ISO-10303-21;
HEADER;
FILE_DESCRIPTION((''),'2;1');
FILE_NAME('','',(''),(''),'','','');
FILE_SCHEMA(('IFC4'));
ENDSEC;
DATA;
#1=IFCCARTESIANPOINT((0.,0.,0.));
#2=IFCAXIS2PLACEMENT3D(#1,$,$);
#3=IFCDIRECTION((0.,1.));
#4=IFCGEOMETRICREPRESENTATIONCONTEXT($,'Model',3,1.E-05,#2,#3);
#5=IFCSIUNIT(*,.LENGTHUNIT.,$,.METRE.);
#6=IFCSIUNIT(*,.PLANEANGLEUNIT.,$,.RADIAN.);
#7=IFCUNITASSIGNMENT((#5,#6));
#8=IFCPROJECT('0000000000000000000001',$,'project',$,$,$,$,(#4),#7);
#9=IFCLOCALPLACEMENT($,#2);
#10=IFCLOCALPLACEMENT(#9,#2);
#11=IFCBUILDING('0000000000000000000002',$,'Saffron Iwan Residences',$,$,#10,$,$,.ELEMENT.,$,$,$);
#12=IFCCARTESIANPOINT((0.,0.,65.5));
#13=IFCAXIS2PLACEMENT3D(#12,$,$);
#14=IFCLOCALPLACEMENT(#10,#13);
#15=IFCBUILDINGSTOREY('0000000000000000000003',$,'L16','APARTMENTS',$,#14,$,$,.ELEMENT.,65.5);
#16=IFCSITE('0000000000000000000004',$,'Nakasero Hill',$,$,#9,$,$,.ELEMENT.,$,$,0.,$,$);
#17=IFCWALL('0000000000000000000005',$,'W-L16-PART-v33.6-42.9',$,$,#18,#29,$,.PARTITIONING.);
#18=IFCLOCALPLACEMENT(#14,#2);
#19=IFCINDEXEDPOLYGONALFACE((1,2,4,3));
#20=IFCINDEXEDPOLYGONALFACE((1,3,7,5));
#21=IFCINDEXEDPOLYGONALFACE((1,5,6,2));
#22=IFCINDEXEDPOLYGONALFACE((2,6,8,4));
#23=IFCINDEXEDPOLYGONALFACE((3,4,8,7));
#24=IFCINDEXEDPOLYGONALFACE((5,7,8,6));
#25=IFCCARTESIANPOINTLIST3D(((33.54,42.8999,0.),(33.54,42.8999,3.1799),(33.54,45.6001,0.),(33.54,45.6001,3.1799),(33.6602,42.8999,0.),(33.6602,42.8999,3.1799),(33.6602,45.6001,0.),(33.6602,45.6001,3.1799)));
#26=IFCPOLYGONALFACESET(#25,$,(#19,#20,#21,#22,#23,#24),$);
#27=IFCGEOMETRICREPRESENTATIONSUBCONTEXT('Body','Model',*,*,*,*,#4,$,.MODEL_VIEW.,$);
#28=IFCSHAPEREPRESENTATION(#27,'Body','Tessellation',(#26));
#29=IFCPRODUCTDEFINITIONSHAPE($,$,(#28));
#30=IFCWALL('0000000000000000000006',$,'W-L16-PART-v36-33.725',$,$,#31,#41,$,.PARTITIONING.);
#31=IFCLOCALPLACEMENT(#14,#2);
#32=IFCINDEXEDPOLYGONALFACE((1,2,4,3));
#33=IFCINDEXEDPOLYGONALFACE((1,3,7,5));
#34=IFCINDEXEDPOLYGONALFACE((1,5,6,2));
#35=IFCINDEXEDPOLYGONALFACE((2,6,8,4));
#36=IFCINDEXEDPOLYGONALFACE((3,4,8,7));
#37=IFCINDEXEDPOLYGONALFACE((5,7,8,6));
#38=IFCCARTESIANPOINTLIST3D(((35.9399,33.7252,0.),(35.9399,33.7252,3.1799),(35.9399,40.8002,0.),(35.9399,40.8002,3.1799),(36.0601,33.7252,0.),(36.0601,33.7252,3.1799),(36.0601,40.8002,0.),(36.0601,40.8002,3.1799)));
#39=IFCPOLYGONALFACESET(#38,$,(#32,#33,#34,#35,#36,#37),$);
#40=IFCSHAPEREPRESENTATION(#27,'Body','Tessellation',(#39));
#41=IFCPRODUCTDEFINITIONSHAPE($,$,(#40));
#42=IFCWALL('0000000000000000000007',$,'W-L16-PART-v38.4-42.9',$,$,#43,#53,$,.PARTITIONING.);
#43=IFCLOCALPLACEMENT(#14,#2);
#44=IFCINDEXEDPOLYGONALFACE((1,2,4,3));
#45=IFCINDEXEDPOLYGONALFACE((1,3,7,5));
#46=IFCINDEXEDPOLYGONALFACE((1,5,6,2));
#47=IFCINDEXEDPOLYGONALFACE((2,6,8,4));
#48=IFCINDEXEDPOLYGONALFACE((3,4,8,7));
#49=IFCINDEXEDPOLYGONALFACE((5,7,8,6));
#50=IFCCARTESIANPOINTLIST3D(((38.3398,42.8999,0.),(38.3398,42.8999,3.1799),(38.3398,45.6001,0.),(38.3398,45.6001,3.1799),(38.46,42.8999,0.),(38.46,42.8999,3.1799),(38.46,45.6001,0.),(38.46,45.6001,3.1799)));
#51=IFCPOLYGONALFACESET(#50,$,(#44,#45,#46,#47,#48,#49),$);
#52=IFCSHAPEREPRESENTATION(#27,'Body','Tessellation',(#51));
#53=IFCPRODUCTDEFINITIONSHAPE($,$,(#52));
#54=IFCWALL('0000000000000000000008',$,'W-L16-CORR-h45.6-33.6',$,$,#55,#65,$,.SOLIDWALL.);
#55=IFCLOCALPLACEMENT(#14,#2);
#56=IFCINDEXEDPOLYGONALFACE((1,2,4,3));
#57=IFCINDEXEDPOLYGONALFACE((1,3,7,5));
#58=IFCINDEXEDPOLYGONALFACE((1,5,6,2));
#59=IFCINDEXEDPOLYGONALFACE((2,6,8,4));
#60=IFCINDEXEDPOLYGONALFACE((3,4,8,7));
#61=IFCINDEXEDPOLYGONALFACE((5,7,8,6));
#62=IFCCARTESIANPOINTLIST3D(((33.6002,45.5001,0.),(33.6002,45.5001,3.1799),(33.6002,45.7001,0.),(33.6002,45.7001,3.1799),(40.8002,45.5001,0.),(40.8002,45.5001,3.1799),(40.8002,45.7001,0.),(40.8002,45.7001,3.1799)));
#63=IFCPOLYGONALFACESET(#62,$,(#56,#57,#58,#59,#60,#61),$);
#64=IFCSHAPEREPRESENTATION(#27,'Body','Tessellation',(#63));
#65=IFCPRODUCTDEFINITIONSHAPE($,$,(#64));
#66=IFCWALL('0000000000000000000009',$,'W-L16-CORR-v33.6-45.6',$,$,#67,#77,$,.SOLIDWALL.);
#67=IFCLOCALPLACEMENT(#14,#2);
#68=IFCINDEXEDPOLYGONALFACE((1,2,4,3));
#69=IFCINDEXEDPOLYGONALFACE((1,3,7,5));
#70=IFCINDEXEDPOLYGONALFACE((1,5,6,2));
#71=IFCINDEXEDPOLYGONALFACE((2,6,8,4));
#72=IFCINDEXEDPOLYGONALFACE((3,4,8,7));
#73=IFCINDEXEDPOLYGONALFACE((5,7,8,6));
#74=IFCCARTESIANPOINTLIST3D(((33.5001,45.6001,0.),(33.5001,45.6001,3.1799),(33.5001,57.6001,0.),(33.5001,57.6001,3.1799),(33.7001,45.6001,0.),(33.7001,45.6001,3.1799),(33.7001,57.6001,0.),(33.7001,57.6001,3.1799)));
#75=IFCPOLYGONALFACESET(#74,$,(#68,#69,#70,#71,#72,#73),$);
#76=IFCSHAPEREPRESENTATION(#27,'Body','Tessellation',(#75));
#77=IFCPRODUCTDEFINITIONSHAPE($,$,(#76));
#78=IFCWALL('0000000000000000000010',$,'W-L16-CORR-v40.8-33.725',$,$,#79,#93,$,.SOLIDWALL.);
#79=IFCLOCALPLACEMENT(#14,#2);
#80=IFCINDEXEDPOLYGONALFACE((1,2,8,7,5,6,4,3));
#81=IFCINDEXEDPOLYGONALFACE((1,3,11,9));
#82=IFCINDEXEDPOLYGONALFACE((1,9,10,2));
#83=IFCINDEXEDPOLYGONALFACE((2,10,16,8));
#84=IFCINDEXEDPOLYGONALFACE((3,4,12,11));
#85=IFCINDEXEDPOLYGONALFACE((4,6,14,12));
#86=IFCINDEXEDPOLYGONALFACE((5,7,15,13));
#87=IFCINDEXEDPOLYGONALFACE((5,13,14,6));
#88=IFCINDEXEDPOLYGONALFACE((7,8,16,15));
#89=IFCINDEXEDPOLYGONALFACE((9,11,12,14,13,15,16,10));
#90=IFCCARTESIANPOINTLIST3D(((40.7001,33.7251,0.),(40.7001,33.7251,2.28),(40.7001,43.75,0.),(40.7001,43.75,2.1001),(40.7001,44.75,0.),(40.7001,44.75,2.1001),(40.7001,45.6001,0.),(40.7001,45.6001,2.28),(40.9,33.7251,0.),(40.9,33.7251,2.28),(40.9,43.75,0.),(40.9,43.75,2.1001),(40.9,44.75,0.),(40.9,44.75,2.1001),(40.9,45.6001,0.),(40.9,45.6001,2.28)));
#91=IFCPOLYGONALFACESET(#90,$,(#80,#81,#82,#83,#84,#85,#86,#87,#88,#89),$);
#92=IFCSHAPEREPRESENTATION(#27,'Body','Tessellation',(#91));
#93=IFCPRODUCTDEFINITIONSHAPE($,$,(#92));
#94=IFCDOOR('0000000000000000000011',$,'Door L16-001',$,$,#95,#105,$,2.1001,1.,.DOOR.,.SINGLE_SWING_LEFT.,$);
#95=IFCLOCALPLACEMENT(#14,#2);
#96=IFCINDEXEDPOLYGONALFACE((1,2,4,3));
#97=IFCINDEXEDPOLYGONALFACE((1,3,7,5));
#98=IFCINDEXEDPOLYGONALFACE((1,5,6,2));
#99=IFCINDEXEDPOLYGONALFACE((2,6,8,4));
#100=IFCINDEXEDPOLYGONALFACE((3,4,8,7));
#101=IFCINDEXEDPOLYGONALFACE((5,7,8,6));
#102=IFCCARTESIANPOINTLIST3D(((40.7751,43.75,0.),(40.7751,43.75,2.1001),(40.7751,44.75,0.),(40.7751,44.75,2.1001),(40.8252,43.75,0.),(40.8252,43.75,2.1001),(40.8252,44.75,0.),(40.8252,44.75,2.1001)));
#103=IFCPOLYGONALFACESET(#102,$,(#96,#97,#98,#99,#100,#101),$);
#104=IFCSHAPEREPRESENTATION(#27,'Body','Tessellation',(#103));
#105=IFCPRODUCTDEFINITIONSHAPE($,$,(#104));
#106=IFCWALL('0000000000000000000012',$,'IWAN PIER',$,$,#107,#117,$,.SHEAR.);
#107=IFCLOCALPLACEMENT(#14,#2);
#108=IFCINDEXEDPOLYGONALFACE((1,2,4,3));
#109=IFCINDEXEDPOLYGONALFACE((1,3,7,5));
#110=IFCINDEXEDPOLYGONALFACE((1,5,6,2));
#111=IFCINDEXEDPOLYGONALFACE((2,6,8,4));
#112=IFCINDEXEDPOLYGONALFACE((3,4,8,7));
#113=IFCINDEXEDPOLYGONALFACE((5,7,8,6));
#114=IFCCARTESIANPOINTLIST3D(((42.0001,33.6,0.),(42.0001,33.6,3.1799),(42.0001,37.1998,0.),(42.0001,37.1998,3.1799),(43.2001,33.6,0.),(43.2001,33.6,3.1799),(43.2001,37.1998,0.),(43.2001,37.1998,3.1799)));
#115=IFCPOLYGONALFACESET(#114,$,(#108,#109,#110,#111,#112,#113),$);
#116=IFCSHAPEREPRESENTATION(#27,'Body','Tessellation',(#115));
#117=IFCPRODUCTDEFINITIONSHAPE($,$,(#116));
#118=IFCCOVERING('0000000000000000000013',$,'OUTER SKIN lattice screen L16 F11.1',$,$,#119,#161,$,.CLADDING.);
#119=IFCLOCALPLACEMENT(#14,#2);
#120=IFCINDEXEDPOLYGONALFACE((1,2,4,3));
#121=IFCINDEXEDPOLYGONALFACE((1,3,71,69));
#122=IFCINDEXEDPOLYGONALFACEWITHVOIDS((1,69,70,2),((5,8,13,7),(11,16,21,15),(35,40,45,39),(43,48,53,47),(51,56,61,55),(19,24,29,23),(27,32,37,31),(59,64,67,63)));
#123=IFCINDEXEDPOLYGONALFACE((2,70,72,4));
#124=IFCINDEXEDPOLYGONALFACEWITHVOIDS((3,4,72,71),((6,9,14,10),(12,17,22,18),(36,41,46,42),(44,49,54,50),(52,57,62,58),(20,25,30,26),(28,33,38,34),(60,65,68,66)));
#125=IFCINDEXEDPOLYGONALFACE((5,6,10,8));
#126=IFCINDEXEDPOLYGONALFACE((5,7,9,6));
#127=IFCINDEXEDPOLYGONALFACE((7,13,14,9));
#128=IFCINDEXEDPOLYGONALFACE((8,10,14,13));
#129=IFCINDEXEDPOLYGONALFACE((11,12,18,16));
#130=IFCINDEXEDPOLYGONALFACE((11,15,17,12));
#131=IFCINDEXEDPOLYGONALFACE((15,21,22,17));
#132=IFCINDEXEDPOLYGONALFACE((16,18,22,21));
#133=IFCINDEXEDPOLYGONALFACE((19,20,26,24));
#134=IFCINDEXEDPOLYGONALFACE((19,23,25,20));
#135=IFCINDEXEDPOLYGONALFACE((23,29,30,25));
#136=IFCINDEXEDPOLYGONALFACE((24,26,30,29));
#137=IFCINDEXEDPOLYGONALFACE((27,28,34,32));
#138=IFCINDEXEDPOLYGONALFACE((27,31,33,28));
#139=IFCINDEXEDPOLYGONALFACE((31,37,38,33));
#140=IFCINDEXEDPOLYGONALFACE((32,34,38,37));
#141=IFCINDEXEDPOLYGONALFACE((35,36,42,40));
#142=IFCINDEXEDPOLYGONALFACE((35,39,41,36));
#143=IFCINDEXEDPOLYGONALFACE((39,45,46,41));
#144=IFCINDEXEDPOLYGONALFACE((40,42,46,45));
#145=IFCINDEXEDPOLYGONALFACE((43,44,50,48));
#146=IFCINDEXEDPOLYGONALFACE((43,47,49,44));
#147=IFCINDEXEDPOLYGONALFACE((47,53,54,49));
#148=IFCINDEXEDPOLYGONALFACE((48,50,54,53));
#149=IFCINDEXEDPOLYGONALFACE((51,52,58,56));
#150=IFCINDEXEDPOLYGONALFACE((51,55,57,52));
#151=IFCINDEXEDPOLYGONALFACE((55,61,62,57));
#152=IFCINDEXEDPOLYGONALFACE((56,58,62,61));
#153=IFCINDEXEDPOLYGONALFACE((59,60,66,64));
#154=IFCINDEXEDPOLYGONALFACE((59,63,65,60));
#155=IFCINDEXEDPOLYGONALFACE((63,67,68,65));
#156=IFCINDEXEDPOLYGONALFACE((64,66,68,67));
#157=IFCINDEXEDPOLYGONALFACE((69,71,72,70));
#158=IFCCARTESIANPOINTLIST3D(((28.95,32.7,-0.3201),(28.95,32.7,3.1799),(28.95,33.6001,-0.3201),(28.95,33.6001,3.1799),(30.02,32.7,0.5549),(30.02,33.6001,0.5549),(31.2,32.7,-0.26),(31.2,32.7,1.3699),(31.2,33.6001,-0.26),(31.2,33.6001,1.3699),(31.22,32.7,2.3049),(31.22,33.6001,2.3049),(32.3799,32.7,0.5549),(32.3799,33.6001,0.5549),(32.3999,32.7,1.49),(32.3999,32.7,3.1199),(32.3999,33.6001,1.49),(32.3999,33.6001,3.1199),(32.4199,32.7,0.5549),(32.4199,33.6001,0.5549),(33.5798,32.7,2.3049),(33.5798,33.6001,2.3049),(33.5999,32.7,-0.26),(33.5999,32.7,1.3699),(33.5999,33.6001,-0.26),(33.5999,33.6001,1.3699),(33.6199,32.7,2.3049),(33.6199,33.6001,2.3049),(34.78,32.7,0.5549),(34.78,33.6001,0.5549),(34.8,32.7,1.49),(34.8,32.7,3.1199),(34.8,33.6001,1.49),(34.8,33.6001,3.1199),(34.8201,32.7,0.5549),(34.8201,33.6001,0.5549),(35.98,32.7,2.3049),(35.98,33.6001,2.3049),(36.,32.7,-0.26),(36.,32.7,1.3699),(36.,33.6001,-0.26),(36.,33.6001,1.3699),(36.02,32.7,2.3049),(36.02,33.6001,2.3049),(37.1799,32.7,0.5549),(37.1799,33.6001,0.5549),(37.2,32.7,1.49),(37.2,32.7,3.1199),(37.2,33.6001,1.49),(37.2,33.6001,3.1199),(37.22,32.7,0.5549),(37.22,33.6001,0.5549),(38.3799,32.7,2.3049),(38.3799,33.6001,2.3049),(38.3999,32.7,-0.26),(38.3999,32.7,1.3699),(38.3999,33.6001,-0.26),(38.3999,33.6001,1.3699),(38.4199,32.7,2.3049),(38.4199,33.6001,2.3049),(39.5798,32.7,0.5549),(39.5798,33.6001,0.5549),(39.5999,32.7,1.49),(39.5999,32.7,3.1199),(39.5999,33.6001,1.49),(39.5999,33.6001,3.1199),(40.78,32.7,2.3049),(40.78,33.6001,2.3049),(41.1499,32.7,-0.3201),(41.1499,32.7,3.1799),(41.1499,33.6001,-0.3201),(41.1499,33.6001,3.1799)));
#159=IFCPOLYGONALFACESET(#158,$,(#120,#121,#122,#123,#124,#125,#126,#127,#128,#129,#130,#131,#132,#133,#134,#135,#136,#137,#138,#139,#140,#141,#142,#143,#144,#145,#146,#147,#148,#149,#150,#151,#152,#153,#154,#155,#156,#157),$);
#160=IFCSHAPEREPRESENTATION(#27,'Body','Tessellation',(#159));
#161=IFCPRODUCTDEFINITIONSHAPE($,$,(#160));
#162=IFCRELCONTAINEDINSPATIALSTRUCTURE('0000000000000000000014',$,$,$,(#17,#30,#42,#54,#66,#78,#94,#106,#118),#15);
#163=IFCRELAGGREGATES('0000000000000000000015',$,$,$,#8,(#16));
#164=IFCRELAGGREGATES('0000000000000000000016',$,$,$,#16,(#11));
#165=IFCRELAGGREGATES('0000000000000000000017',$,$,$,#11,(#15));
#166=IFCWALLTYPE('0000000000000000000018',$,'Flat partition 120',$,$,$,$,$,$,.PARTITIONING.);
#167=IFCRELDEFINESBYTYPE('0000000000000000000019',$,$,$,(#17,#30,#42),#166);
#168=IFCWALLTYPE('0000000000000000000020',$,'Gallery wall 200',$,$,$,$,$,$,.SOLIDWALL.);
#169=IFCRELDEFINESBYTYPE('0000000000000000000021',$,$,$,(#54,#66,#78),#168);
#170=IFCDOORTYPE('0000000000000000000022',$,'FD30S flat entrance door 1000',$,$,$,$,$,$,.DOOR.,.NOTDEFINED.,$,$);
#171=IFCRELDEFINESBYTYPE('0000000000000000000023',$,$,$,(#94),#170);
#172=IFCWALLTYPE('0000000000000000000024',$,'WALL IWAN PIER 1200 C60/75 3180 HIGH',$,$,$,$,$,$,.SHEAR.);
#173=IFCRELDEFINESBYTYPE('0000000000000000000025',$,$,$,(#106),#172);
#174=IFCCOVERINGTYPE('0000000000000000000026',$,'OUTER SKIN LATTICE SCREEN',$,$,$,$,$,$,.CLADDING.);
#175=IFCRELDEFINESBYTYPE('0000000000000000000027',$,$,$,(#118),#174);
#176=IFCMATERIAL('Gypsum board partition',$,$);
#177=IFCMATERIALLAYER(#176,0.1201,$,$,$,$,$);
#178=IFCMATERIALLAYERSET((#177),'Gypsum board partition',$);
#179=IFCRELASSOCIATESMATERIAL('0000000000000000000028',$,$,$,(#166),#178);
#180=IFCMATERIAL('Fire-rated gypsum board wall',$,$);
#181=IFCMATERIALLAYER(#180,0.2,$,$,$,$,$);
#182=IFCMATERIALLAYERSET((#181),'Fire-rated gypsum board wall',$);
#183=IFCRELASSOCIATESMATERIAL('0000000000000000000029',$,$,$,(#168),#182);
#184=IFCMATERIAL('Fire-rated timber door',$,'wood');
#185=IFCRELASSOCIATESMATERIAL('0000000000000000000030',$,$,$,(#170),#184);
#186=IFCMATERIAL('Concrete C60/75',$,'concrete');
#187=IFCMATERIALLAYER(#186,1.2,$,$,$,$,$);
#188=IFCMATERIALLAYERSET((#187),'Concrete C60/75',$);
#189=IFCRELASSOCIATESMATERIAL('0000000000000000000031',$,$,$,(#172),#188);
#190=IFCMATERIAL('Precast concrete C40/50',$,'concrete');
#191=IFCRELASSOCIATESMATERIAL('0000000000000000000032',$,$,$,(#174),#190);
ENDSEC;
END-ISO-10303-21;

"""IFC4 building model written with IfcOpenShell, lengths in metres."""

from ifc_helpers import new_model, si_unit, direction, frame, frame_2d, origin, place, context, subcontext, project, spatial, polyline, rectangle, outline, extrude, material, layer, layer_set, type_object, element, fill, save


model = new_model("IFC4")

# Units and contexts
model_context = context("Model", 3, precision=1e-05, world=origin(), true_north=direction((0.0, 1.0)))
body_context = subcontext(model_context, "Body", "Model", "MODEL_VIEW")
ifc_project = project(units=[si_unit("LENGTHUNIT", "METRE"), si_unit("PLANEANGLEUNIT", "RADIAN")], contexts=[model_context])

# Site, building, storey
site_placement = place(None, origin())
site = spatial("IfcSite", under=ifc_project, at=site_placement, Name="Nakasero Hill", CompositionType="ELEMENT", RefElevation=0.0)
building_placement = place(site_placement, origin())
building = spatial("IfcBuilding", under=site, at=building_placement, Name="Saffron Iwan Residences", CompositionType="ELEMENT")
storey_placement = place(building_placement, frame((0.0, 0.0, 65.5)))
storey = spatial("IfcBuildingStorey", under=building, at=storey_placement, Name="L16", Description="APARTMENTS", CompositionType="ELEMENT", Elevation=65.5)

# Shared definitions
ifc_material_1 = material(Name="Concrete C60/75", Category="concrete")

# Shared definitions
ifc_material_2 = material(Name="Gypsum board partition")
ifc_layer_1 = layer(ifc_material_2, 0.1201)
ifc_layer_set_1 = layer_set([ifc_layer_1], Name="Gypsum board partition")
wall_type_1 = type_object("IfcWallType", Name="Flat partition 120", PredefinedType="PARTITIONING", material=ifc_layer_set_1)

# Walls
wall_1_placement = place(storey_placement, frame((33.6001, 42.8999, 0.0), z_axis=(0.0, 0.0, 1.0), x_axis=(0.0, 1.0, 0.0)))
element("IfcWall", 1, at=wall_1_placement, inside=storey, type_object=wall_type_1, Name="W-L16-PART-v33.6-42.9", PredefinedType="PARTITIONING", context=body_context, shape_type="SweptSolid", body=[
    extrude(rectangle(XDim=2.7002, YDim=0.1201, at=frame_2d((1.3501, 0.0))), origin(), (0.0, 0.0, 1.0), 3.1799),
])
wall_2_placement = place(storey_placement, frame((36.0, 33.7251, 0.0), z_axis=(0.0, 0.0, 1.0), x_axis=(0.0, 1.0, 0.0)))
element("IfcWall", 2, at=wall_2_placement, inside=storey, type_object=wall_type_1, Name="W-L16-PART-v36-33.725", PredefinedType="PARTITIONING", context=body_context, shape_type="SweptSolid", body=[
    extrude(rectangle(XDim=7.075, YDim=0.1201, at=frame_2d((3.5376, 0.0))), origin(), (0.0, 0.0, 1.0), 3.1799),
])
wall_3_placement = place(storey_placement, frame((38.3999, 42.8999, 0.0), z_axis=(0.0, 0.0, 1.0), x_axis=(0.0, 1.0, 0.0)))
element("IfcWall", 3, at=wall_3_placement, inside=storey, type_object=wall_type_1, Name="W-L16-PART-v38.4-42.9", PredefinedType="PARTITIONING", context=body_context, shape_type="SweptSolid", body=[
    extrude(rectangle(XDim=2.7002, YDim=0.1201, at=frame_2d((1.3501, 0.0))), origin(), (0.0, 0.0, 1.0), 3.1799),
])
ifc_material_3 = material(Name="Fire-rated gypsum board wall")
ifc_layer_2 = layer(ifc_material_3, 0.2)
ifc_layer_set_2 = layer_set([ifc_layer_2], Name="Fire-rated gypsum board wall")
wall_type_2 = type_object("IfcWallType", Name="Gallery wall 200", PredefinedType="SOLIDWALL", material=ifc_layer_set_2)
wall_4_placement = place(storey_placement, frame((33.6001, 45.6001, 0.0), z_axis=(0.0, 0.0, 1.0), x_axis=(1.0, 0.0, 0.0)))
element("IfcWall", 4, at=wall_4_placement, inside=storey, type_object=wall_type_2, Name="W-L16-CORR-h45.6-33.6", PredefinedType="SOLIDWALL", context=body_context, shape_type="SweptSolid", body=[
    extrude(rectangle(XDim=7.2, YDim=0.2, at=frame_2d((3.6001, 0.0))), origin(), (0.0, 0.0, 1.0), 3.1799),
])
wall_5_placement = place(storey_placement, frame((33.6001, 45.6001, 0.0), z_axis=(0.0, 0.0, 1.0), x_axis=(0.0, 1.0, 0.0)))
element("IfcWall", 5, at=wall_5_placement, inside=storey, type_object=wall_type_2, Name="W-L16-CORR-v33.6-45.6", PredefinedType="SOLIDWALL", context=body_context, shape_type="SweptSolid", body=[
    extrude(rectangle(XDim=12.0, YDim=0.2, at=frame_2d((6.0, 0.0))), origin(), (0.0, 0.0, 1.0), 3.1799),
])

# Wall, opening, door
wall_6_placement = place(storey_placement, frame((40.8, 33.7251, 0.0), z_axis=(0.0, 0.0, 1.0), x_axis=(0.0, 1.0, 0.0)))
wall_6 = element("IfcWall", 6, at=wall_6_placement, inside=storey, type_object=wall_type_2, Name="W-L16-CORR-v40.8-33.725", PredefinedType="SOLIDWALL", context=body_context, shape_type="SweptSolid", body=[
    extrude(rectangle(XDim=11.875, YDim=0.2, at=frame_2d((5.9375, 0.0))), origin(), (0.0, 0.0, 1.0), 2.28),
])
opening_1_placement = place(wall_6_placement, frame((10.0249, 0.0, 0.0)))
opening_1 = element("IfcOpeningElement", 7, at=opening_1_placement, cuts=wall_6, PredefinedType="OPENING", context=body_context, shape_type="SweptSolid", body=[
    extrude(rectangle(XDim=1.0, YDim=2.1001, at=frame_2d((0.5, 1.05))), frame((0.0, 0.1099, 0.0), z_axis=(0.0, -1.0, 0.0), x_axis=(1.0, 0.0, 0.0)), (0.0, 0.0, 1.0), 0.22),
])
ifc_material_4 = material(Name="Fire-rated timber door", Category="wood")
door_type_1 = type_object("IfcDoorType", Name="FD30S flat entrance door 1000", OperationType="NOTDEFINED", PredefinedType="DOOR", material=ifc_material_4)
door_1_placement = place(opening_1_placement, origin())
door_1 = element("IfcDoor", 8, at=door_1_placement, inside=storey, type_object=door_type_1, Name="Door L16-001", OperationType="SINGLE_SWING_LEFT", OverallHeight=2.1001, OverallWidth=1.0, PredefinedType="DOOR", context=body_context, shape_type="SweptSolid", body=[
    extrude(rectangle(XDim=1.0, YDim=2.1001, at=frame_2d((0.5, 1.05))), frame((0.0, 0.0249, 0.0), z_axis=(0.0, -1.0, 0.0), x_axis=(1.0, 0.0, 0.0)), (0.0, 0.0, 1.0), 0.05),
])
fill(opening_1, door_1)

# Wall
ifc_layer_3 = layer(ifc_material_1, 1.2)
ifc_layer_set_3 = layer_set([ifc_layer_3], Name="Concrete C60/75")
wall_type_3 = type_object("IfcWallType", Name="WALL IWAN PIER 1200 C60/75 3180 HIGH", PredefinedType="SHEAR", material=ifc_layer_set_3)
wall_7_placement = place(storey_placement, frame((42.6001, 33.6001, 0.0), z_axis=(0.0, 0.0, 1.0), x_axis=(0.0, 1.0, 0.0)))
element("IfcWall", 9, at=wall_7_placement, inside=storey, type_object=wall_type_3, Name="IWAN PIER", PredefinedType="SHEAR", context=body_context, shape_type="SweptSolid", body=[
    extrude(rectangle(XDim=3.5999, YDim=1.2, at=frame_2d((1.7998, 0.0))), origin(), (0.0, 0.0, 1.0), 3.1799),
])

# Covering
ifc_material_5 = material(Name="Precast concrete C40/50", Category="concrete")
covering_type = type_object("IfcCoveringType", Name="OUTER SKIN LATTICE SCREEN", PredefinedType="CLADDING", material=ifc_material_5)
covering_placement = place(storey_placement, frame((28.95, 33.6001, -0.3201), z_axis=(0.0, -1.0, 0.0), x_axis=(1.0, 0.0, 0.0)))
element("IfcCovering", 10, at=covering_placement, inside=storey, type_object=covering_type, Name="OUTER SKIN lattice screen L16 F11.1", PredefinedType="CLADDING", context=body_context, shape_type="SweptSolid", body=[
    extrude(outline(polyline([(0.0, 0.0), (12.2, 0.0), (12.2, 3.5), (0.0, 3.5), (0.0, 0.0)]), holes=[polyline([(1.0701, 0.875), (2.25, 0.0601), (3.4299, 0.875), (2.25, 1.6899), (1.0701, 0.875)]), polyline([(3.47, 0.875), (4.6499, 0.0601), (5.8301, 0.875), (4.6499, 1.6899), (3.47, 0.875)]), polyline([(5.8701, 0.875), (7.05, 0.0601), (8.23, 0.875), (7.05, 1.6899), (5.8701, 0.875)]), polyline([(8.27, 0.875), (9.45, 0.0601), (10.6299, 0.875), (9.45, 1.6899), (8.27, 0.875)]), polyline([(2.27, 2.625), (3.45, 1.8101), (4.6299, 2.625), (3.45, 3.4399), (2.27, 2.625)]), polyline([(4.6699, 2.625), (5.8501, 1.8101), (7.03, 2.625), (5.8501, 3.4399), (4.6699, 2.625)]), polyline([(7.0701, 2.625), (8.25, 1.8101), (9.4299, 2.625), (8.25, 3.4399), (7.0701, 2.625)]), polyline([(9.47, 2.625), (10.6499, 1.8101), (11.8301, 2.625), (10.6499, 3.4399), (9.47, 2.625)])]), origin(), (0.0, 0.0, 1.0), 0.9001),
])

save(model, "model.ifc")
